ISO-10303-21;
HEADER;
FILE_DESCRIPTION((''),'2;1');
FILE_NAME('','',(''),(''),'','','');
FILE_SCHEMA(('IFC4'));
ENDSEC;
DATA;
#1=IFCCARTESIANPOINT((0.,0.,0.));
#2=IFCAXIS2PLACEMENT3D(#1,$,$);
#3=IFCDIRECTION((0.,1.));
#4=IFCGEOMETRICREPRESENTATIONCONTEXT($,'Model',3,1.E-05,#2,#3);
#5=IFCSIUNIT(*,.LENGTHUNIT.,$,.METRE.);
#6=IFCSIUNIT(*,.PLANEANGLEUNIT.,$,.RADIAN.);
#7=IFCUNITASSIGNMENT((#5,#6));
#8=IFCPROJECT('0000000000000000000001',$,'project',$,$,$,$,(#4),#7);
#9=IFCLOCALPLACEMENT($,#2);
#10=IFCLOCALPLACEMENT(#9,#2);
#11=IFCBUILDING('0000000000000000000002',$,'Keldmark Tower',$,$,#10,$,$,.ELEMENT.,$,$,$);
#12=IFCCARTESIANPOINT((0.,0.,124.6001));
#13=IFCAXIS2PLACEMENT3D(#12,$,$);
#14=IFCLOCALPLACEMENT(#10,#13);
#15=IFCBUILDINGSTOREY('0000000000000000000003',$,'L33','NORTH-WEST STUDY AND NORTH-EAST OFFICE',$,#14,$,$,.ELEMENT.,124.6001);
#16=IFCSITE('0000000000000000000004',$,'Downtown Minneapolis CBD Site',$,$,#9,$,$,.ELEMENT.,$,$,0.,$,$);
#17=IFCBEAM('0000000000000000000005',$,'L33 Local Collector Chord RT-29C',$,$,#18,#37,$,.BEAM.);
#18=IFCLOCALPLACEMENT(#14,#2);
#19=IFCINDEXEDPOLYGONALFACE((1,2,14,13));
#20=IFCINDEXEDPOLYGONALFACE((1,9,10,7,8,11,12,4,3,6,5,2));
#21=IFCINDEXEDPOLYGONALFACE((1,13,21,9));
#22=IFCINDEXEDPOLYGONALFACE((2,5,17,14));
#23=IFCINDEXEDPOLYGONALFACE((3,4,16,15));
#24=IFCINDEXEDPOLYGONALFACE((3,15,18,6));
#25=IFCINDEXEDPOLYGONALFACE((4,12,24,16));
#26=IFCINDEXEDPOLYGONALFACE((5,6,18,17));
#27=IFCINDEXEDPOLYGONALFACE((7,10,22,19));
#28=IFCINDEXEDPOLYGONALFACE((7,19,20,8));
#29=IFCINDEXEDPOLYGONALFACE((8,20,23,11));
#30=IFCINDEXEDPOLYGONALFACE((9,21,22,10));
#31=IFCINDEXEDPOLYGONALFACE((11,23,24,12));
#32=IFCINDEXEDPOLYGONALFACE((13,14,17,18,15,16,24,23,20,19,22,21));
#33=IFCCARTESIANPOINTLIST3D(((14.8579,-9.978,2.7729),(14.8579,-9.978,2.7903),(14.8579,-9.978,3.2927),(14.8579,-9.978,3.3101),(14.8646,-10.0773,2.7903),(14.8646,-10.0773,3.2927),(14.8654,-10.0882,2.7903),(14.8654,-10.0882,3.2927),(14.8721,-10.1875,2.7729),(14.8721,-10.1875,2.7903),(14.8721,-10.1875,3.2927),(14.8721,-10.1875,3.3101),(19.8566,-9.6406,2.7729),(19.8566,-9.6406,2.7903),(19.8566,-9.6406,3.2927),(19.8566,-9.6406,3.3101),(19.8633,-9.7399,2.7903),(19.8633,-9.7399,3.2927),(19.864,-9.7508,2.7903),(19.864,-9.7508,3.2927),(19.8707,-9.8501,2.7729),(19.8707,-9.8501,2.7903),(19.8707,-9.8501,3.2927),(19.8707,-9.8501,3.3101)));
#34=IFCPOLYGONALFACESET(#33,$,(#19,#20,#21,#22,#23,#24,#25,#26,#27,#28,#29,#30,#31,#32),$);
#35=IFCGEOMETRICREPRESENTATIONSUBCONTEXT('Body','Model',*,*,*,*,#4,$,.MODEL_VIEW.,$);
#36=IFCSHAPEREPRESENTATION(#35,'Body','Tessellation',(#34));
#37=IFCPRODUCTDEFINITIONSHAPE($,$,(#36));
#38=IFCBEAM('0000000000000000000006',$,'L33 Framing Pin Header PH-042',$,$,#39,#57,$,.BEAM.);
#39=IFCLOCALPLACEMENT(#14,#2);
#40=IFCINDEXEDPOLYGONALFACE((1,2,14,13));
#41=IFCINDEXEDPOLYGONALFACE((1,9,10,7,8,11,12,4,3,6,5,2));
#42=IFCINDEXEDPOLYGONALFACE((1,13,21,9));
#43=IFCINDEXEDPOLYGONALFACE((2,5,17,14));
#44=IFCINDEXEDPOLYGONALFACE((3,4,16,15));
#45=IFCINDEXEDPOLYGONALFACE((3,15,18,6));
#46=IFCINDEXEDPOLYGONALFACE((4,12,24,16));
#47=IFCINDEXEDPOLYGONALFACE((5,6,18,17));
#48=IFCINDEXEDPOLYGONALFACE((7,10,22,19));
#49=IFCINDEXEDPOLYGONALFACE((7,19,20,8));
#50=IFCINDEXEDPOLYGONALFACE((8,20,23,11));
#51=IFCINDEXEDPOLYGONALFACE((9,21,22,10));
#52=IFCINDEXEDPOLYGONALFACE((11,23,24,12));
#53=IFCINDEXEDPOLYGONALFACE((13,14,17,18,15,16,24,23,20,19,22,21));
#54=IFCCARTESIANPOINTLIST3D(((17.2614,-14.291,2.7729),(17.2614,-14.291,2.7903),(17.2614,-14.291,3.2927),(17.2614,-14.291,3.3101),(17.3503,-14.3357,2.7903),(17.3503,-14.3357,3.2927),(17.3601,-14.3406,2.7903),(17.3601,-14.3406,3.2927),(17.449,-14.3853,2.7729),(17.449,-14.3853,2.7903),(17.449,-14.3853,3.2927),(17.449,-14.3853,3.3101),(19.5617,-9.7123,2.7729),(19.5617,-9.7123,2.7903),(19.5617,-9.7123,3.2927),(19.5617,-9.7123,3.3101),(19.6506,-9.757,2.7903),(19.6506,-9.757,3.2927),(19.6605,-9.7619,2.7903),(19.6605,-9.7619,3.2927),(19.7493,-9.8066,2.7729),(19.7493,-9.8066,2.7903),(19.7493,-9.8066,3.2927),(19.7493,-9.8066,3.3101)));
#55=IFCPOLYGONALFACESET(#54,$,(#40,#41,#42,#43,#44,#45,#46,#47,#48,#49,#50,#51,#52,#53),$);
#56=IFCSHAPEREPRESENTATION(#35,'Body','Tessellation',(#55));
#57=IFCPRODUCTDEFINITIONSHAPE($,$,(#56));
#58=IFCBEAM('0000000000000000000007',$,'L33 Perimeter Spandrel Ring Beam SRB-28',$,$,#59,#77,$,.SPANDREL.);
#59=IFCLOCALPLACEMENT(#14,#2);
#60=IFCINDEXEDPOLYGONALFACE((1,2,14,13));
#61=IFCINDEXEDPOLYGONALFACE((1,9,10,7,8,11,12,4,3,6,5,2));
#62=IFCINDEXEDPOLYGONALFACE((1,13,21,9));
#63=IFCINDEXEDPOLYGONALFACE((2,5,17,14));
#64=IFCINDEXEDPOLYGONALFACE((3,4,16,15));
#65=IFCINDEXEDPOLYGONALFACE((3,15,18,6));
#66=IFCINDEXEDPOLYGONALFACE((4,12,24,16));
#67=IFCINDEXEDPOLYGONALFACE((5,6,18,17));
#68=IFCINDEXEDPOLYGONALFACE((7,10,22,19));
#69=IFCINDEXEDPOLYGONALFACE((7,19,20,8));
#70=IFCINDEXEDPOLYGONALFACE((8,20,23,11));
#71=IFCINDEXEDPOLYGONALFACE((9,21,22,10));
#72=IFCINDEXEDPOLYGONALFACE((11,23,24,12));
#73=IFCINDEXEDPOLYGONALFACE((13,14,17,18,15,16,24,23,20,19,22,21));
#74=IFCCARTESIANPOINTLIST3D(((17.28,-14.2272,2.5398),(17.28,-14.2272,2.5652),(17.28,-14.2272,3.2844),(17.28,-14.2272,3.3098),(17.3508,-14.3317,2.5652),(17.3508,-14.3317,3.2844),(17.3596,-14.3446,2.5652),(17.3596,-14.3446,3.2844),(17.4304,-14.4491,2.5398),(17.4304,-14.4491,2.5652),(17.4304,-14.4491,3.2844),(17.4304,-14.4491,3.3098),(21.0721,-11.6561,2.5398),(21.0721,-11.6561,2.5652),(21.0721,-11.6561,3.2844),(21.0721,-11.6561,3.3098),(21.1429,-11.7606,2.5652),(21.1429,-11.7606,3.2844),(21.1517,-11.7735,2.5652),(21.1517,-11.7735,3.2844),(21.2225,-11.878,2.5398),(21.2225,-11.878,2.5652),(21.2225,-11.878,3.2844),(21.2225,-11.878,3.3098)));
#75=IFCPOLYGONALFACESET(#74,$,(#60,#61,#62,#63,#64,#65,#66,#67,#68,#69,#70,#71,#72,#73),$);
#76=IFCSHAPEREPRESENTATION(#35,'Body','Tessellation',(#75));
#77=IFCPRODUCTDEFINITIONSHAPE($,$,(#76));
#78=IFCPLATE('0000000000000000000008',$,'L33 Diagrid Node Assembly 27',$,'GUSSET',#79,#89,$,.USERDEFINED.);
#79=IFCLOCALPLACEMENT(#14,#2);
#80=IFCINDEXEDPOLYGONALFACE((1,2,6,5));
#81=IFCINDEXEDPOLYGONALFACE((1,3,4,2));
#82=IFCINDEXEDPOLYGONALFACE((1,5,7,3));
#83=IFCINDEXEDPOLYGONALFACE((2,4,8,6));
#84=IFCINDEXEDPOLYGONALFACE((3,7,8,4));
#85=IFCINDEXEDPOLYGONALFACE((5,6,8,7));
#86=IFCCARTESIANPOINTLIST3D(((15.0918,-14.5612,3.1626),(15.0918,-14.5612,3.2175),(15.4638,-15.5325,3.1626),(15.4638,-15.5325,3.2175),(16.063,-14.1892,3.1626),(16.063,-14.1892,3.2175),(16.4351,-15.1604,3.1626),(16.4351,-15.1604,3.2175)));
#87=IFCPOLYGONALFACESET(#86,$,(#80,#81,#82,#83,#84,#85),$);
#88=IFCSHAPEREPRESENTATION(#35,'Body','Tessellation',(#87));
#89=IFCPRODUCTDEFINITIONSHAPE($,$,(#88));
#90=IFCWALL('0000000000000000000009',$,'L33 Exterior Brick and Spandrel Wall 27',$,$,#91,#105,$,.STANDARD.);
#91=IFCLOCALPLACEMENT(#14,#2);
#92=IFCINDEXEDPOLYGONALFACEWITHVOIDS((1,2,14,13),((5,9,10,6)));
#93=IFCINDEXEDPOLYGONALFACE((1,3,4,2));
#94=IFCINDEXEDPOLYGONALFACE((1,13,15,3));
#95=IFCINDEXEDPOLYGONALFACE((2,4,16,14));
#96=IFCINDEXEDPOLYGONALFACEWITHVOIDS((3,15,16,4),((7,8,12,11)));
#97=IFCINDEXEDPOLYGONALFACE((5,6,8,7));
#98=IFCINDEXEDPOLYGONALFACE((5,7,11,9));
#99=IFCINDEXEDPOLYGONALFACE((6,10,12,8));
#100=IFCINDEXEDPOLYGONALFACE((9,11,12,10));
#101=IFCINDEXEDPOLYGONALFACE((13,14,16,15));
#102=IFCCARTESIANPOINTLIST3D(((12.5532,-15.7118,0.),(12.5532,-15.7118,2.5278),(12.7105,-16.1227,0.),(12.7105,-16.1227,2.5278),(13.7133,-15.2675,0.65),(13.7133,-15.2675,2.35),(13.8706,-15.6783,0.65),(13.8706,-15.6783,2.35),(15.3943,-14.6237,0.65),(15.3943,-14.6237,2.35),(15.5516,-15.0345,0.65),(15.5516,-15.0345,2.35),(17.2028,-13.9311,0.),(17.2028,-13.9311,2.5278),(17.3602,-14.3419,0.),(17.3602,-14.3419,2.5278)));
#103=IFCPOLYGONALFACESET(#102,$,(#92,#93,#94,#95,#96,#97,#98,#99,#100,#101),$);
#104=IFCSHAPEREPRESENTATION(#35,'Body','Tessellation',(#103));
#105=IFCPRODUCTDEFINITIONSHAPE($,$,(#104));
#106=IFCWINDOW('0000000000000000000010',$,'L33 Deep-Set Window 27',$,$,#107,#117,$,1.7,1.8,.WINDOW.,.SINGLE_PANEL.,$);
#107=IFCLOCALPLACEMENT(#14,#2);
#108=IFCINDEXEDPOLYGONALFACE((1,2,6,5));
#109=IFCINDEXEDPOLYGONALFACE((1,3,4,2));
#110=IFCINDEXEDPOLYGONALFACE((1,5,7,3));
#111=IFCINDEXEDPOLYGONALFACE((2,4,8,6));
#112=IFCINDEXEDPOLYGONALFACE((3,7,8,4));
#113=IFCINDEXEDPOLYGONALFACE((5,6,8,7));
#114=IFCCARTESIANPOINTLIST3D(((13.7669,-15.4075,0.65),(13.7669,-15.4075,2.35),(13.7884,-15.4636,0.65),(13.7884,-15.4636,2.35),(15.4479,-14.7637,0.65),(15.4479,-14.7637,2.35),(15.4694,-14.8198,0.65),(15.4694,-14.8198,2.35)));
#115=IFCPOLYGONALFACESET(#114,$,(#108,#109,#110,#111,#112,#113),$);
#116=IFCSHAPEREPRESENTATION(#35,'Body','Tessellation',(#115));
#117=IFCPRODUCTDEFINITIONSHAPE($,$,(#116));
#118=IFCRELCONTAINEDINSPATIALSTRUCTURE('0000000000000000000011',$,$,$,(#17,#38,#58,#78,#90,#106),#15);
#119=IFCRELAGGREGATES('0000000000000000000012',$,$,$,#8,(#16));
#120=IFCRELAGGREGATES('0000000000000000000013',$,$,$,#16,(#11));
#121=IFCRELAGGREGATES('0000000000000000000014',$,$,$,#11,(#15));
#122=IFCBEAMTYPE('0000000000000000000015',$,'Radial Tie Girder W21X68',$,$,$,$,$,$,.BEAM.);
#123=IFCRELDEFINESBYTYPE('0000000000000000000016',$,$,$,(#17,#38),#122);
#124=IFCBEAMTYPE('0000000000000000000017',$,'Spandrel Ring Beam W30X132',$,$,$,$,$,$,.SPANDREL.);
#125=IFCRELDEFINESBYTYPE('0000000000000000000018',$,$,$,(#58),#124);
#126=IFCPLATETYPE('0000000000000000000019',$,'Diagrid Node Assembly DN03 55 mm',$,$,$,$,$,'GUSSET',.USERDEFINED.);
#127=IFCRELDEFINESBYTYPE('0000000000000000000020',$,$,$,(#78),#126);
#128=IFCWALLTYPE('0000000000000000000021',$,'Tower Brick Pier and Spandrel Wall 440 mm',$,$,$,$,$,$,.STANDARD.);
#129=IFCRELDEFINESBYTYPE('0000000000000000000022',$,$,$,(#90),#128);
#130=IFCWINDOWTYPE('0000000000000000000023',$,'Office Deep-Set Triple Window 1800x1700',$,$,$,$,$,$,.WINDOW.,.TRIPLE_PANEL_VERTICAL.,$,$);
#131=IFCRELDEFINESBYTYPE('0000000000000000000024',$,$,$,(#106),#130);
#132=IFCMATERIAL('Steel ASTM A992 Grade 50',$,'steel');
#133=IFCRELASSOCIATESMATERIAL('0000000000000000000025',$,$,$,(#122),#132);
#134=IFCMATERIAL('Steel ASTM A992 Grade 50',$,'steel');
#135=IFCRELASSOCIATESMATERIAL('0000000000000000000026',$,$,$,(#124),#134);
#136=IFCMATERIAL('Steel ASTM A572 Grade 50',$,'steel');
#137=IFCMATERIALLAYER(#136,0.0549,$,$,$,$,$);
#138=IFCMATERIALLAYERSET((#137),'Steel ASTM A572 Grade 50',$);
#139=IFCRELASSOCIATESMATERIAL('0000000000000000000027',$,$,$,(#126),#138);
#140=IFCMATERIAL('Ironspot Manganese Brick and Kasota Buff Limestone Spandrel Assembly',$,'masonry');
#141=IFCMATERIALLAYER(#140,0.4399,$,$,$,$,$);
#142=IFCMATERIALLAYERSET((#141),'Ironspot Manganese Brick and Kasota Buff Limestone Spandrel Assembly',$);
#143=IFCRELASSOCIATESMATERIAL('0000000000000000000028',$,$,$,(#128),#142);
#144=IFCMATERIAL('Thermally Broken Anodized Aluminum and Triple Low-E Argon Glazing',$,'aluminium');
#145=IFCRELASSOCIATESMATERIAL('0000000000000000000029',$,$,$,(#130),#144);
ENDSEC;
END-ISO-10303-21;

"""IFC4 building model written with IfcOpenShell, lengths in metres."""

from ifc_helpers import new_model, si_unit, direction, frame, frame_2d, origin, origin_2d, place, context, subcontext, project, spatial, rectangle, i_section, extrude, material, layer, layer_set, material_profile, profile_set, type_object, element, fill, save


model = new_model("IFC4")

# Units and contexts
model_context = context("Model", 3, precision=1e-05, world=origin(), true_north=direction((0.0, 1.0)))
body_context = subcontext(model_context, "Body", "Model", "MODEL_VIEW")
ifc_project = project(units=[si_unit("LENGTHUNIT", "METRE"), si_unit("PLANEANGLEUNIT", "RADIAN")], contexts=[model_context])

# Site, building, storey
site_placement = place(None, origin())
site = spatial("IfcSite", under=ifc_project, at=site_placement, Name="Downtown Minneapolis CBD Site", CompositionType="ELEMENT", RefElevation=0.0)
building_placement = place(site_placement, origin())
building = spatial("IfcBuilding", under=site, at=building_placement, Name="Keldmark Tower", CompositionType="ELEMENT")
storey_placement = place(building_placement, frame((0.0, 0.0, 124.6001)))
storey = spatial("IfcBuildingStorey", under=building, at=storey_placement, Name="L33", Description="NORTH-WEST STUDY AND NORTH-EAST OFFICE", CompositionType="ELEMENT", Elevation=124.6001)

# Beams
ifc_material_1 = material(Name="Steel ASTM A992 Grade 50", Category="steel")
ifc_material_profile_1 = material_profile(ifc_material_1, i_section(OverallWidth=0.21, OverallDepth=0.5371, WebThickness=0.011, FlangeThickness=0.0173, at=origin_2d()), Name="W21X68")
ifc_profile_set_1 = profile_set([ifc_material_profile_1], Name="Steel ASTM A992 Grade 50")
beam_type_1 = type_object("IfcBeamType", Name="Radial Tie Girder W21X68", PredefinedType="BEAM", material=ifc_profile_set_1)
beam_1_placement = place(storey_placement, frame((14.865, -10.0828, 3.0415), z_axis=(0.99773, 0.067347, 0.0), x_axis=(-0.067347, 0.99773, 0.0)))
element("IfcBeam", 1, at=beam_1_placement, inside=storey, type_object=beam_type_1, Name="L33 Local Collector Chord RT-29C", PredefinedType="BEAM", context=body_context, shape_type="SweptSolid", body=[
    extrude(i_section(OverallWidth=0.21, OverallDepth=0.5371, WebThickness=0.011, FlangeThickness=0.0173, at=origin_2d()), origin(), (0.0, 0.0, 1.0), 5.01),
])
beam_2_placement = place(storey_placement, frame((17.3552, -14.3381, 3.0415), z_axis=(0.448928, 0.893568, 0.0), x_axis=(-0.893568, 0.448928, 0.0)))
element("IfcBeam", 2, at=beam_2_placement, inside=storey, type_object=beam_type_1, Name="L33 Framing Pin Header PH-042", PredefinedType="BEAM", context=body_context, shape_type="SweptSolid", body=[
    extrude(i_section(OverallWidth=0.21, OverallDepth=0.5371, WebThickness=0.011, FlangeThickness=0.0173, at=origin_2d()), origin(), (0.0, 0.0, 1.0), 5.124),
])
ifc_material_2 = material(Name="Steel ASTM A992 Grade 50", Category="steel")
ifc_material_profile_2 = material_profile(ifc_material_2, i_section(OverallWidth=0.2681, OverallDepth=0.77, WebThickness=0.0156, FlangeThickness=0.0254, at=origin_2d()), Name="W30X132")
ifc_profile_set_2 = profile_set([ifc_material_profile_2], Name="Steel ASTM A992 Grade 50")
beam_type_2 = type_object("IfcBeamType", Name="Spandrel Ring Beam W30X132", PredefinedType="SPANDREL", material=ifc_profile_set_2)
beam_3_placement = place(storey_placement, frame((17.3552, -14.3381, 2.9248), z_axis=(0.827688, 0.561189, 0.0), x_axis=(-0.561189, 0.827688, 0.0)))
element("IfcBeam", 3, at=beam_3_placement, inside=storey, type_object=beam_type_2, Name="L33 Perimeter Spandrel Ring Beam SRB-28", PredefinedType="SPANDREL", context=body_context, shape_type="SweptSolid", body=[
    extrude(i_section(OverallWidth=0.2681, OverallDepth=0.77, WebThickness=0.0156, FlangeThickness=0.0254, at=origin_2d()), origin(), (0.0, 0.0, 1.0), 4.5815),
])

# Plate
ifc_material_3 = material(Name="Steel ASTM A572 Grade 50", Category="steel")
ifc_layer_1 = layer(ifc_material_3, 0.0549)
ifc_layer_set_1 = layer_set([ifc_layer_1], Name="Steel ASTM A572 Grade 50")
plate_type = type_object("IfcPlateType", Name="Diagrid Node Assembly DN03 55 mm", ElementType="GUSSET", PredefinedType="USERDEFINED", material=ifc_layer_set_1)
plate_placement = place(storey_placement, frame((15.7634, -14.8608, 3.1626), z_axis=(0.0, 0.0, 1.0), x_axis=(0.93383, 0.357716, 0.0)))
element("IfcPlate", 4, at=plate_placement, inside=storey, type_object=plate_type, Name="L33 Diagrid Node Assembly 27", ObjectType="GUSSET", PredefinedType="USERDEFINED", context=body_context, shape_type="SweptSolid", body=[
    extrude(rectangle(XDim=1.04, YDim=1.04, at=origin_2d()), origin(), (0.0, 0.0, 1.0), 0.0549),
])

# Wall, opening, window
ifc_material_4 = material(Name="Ironspot Manganese Brick and Kasota Buff Limestone Spandrel Assembly", Category="masonry")
ifc_layer_2 = layer(ifc_material_4, 0.4399)
ifc_layer_set_2 = layer_set([ifc_layer_2], Name="Ironspot Manganese Brick and Kasota Buff Limestone Spandrel Assembly")
wall_type = type_object("IfcWallType", Name="Tower Brick Pier and Spandrel Wall 440 mm", PredefinedType="STANDARD", material=ifc_layer_set_2)
wall_placement = place(storey_placement, frame((17.2815, -14.1365, 0.0), z_axis=(0.0, 0.0, 1.0), x_axis=(-0.933854, -0.357655, 0.0)))
wall = element("IfcWall", 5, at=wall_placement, inside=storey, type_object=wall_type, Name="L33 Exterior Brick and Spandrel Wall 27", PredefinedType="STANDARD", context=body_context, shape_type="SweptSolid", body=[
    extrude(rectangle(XDim=4.979, YDim=0.4399, at=frame_2d((2.4895, 0.0))), origin(), (0.0, 0.0, 1.0), 2.5278),
])
opening_placement = place(wall_placement, frame((1.9368, 0.0, 0.6499)))
opening = element("IfcOpeningElement", 6, at=opening_placement, cuts=wall, PredefinedType="OPENING", context=body_context, shape_type="SweptSolid", body=[
    extrude(rectangle(XDim=1.8, YDim=1.7, at=frame_2d((0.8999, 0.8501))), frame((0.0, 0.23, 0.0), z_axis=(0.0, -1.0, 0.0), x_axis=(1.0, 0.0, 0.0)), (0.0, 0.0, 1.0), 0.46),
])
ifc_material_5 = material(Name="Thermally Broken Anodized Aluminum and Triple Low-E Argon Glazing", Category="aluminium")
window_type = type_object("IfcWindowType", Name="Office Deep-Set Triple Window 1800x1700", PartitioningType="TRIPLE_PANEL_VERTICAL", PredefinedType="WINDOW", material=ifc_material_5)
window_placement = place(opening_placement, origin())
window = element("IfcWindow", 7, at=window_placement, inside=storey, type_object=window_type, Name="L33 Deep-Set Window 27", OverallHeight=1.7, OverallWidth=1.8, PartitioningType="SINGLE_PANEL", PredefinedType="WINDOW", context=body_context, shape_type="SweptSolid", body=[
    extrude(rectangle(XDim=1.8, YDim=1.7, at=frame_2d((0.8999, 0.8501))), frame((0.0, -0.01, 0.0), z_axis=(0.0, -1.0, 0.0), x_axis=(1.0, 0.0, 0.0)), (0.0, 0.0, 1.0), 0.0601),
])
fill(opening, window)

save(model, "model.ifc")
